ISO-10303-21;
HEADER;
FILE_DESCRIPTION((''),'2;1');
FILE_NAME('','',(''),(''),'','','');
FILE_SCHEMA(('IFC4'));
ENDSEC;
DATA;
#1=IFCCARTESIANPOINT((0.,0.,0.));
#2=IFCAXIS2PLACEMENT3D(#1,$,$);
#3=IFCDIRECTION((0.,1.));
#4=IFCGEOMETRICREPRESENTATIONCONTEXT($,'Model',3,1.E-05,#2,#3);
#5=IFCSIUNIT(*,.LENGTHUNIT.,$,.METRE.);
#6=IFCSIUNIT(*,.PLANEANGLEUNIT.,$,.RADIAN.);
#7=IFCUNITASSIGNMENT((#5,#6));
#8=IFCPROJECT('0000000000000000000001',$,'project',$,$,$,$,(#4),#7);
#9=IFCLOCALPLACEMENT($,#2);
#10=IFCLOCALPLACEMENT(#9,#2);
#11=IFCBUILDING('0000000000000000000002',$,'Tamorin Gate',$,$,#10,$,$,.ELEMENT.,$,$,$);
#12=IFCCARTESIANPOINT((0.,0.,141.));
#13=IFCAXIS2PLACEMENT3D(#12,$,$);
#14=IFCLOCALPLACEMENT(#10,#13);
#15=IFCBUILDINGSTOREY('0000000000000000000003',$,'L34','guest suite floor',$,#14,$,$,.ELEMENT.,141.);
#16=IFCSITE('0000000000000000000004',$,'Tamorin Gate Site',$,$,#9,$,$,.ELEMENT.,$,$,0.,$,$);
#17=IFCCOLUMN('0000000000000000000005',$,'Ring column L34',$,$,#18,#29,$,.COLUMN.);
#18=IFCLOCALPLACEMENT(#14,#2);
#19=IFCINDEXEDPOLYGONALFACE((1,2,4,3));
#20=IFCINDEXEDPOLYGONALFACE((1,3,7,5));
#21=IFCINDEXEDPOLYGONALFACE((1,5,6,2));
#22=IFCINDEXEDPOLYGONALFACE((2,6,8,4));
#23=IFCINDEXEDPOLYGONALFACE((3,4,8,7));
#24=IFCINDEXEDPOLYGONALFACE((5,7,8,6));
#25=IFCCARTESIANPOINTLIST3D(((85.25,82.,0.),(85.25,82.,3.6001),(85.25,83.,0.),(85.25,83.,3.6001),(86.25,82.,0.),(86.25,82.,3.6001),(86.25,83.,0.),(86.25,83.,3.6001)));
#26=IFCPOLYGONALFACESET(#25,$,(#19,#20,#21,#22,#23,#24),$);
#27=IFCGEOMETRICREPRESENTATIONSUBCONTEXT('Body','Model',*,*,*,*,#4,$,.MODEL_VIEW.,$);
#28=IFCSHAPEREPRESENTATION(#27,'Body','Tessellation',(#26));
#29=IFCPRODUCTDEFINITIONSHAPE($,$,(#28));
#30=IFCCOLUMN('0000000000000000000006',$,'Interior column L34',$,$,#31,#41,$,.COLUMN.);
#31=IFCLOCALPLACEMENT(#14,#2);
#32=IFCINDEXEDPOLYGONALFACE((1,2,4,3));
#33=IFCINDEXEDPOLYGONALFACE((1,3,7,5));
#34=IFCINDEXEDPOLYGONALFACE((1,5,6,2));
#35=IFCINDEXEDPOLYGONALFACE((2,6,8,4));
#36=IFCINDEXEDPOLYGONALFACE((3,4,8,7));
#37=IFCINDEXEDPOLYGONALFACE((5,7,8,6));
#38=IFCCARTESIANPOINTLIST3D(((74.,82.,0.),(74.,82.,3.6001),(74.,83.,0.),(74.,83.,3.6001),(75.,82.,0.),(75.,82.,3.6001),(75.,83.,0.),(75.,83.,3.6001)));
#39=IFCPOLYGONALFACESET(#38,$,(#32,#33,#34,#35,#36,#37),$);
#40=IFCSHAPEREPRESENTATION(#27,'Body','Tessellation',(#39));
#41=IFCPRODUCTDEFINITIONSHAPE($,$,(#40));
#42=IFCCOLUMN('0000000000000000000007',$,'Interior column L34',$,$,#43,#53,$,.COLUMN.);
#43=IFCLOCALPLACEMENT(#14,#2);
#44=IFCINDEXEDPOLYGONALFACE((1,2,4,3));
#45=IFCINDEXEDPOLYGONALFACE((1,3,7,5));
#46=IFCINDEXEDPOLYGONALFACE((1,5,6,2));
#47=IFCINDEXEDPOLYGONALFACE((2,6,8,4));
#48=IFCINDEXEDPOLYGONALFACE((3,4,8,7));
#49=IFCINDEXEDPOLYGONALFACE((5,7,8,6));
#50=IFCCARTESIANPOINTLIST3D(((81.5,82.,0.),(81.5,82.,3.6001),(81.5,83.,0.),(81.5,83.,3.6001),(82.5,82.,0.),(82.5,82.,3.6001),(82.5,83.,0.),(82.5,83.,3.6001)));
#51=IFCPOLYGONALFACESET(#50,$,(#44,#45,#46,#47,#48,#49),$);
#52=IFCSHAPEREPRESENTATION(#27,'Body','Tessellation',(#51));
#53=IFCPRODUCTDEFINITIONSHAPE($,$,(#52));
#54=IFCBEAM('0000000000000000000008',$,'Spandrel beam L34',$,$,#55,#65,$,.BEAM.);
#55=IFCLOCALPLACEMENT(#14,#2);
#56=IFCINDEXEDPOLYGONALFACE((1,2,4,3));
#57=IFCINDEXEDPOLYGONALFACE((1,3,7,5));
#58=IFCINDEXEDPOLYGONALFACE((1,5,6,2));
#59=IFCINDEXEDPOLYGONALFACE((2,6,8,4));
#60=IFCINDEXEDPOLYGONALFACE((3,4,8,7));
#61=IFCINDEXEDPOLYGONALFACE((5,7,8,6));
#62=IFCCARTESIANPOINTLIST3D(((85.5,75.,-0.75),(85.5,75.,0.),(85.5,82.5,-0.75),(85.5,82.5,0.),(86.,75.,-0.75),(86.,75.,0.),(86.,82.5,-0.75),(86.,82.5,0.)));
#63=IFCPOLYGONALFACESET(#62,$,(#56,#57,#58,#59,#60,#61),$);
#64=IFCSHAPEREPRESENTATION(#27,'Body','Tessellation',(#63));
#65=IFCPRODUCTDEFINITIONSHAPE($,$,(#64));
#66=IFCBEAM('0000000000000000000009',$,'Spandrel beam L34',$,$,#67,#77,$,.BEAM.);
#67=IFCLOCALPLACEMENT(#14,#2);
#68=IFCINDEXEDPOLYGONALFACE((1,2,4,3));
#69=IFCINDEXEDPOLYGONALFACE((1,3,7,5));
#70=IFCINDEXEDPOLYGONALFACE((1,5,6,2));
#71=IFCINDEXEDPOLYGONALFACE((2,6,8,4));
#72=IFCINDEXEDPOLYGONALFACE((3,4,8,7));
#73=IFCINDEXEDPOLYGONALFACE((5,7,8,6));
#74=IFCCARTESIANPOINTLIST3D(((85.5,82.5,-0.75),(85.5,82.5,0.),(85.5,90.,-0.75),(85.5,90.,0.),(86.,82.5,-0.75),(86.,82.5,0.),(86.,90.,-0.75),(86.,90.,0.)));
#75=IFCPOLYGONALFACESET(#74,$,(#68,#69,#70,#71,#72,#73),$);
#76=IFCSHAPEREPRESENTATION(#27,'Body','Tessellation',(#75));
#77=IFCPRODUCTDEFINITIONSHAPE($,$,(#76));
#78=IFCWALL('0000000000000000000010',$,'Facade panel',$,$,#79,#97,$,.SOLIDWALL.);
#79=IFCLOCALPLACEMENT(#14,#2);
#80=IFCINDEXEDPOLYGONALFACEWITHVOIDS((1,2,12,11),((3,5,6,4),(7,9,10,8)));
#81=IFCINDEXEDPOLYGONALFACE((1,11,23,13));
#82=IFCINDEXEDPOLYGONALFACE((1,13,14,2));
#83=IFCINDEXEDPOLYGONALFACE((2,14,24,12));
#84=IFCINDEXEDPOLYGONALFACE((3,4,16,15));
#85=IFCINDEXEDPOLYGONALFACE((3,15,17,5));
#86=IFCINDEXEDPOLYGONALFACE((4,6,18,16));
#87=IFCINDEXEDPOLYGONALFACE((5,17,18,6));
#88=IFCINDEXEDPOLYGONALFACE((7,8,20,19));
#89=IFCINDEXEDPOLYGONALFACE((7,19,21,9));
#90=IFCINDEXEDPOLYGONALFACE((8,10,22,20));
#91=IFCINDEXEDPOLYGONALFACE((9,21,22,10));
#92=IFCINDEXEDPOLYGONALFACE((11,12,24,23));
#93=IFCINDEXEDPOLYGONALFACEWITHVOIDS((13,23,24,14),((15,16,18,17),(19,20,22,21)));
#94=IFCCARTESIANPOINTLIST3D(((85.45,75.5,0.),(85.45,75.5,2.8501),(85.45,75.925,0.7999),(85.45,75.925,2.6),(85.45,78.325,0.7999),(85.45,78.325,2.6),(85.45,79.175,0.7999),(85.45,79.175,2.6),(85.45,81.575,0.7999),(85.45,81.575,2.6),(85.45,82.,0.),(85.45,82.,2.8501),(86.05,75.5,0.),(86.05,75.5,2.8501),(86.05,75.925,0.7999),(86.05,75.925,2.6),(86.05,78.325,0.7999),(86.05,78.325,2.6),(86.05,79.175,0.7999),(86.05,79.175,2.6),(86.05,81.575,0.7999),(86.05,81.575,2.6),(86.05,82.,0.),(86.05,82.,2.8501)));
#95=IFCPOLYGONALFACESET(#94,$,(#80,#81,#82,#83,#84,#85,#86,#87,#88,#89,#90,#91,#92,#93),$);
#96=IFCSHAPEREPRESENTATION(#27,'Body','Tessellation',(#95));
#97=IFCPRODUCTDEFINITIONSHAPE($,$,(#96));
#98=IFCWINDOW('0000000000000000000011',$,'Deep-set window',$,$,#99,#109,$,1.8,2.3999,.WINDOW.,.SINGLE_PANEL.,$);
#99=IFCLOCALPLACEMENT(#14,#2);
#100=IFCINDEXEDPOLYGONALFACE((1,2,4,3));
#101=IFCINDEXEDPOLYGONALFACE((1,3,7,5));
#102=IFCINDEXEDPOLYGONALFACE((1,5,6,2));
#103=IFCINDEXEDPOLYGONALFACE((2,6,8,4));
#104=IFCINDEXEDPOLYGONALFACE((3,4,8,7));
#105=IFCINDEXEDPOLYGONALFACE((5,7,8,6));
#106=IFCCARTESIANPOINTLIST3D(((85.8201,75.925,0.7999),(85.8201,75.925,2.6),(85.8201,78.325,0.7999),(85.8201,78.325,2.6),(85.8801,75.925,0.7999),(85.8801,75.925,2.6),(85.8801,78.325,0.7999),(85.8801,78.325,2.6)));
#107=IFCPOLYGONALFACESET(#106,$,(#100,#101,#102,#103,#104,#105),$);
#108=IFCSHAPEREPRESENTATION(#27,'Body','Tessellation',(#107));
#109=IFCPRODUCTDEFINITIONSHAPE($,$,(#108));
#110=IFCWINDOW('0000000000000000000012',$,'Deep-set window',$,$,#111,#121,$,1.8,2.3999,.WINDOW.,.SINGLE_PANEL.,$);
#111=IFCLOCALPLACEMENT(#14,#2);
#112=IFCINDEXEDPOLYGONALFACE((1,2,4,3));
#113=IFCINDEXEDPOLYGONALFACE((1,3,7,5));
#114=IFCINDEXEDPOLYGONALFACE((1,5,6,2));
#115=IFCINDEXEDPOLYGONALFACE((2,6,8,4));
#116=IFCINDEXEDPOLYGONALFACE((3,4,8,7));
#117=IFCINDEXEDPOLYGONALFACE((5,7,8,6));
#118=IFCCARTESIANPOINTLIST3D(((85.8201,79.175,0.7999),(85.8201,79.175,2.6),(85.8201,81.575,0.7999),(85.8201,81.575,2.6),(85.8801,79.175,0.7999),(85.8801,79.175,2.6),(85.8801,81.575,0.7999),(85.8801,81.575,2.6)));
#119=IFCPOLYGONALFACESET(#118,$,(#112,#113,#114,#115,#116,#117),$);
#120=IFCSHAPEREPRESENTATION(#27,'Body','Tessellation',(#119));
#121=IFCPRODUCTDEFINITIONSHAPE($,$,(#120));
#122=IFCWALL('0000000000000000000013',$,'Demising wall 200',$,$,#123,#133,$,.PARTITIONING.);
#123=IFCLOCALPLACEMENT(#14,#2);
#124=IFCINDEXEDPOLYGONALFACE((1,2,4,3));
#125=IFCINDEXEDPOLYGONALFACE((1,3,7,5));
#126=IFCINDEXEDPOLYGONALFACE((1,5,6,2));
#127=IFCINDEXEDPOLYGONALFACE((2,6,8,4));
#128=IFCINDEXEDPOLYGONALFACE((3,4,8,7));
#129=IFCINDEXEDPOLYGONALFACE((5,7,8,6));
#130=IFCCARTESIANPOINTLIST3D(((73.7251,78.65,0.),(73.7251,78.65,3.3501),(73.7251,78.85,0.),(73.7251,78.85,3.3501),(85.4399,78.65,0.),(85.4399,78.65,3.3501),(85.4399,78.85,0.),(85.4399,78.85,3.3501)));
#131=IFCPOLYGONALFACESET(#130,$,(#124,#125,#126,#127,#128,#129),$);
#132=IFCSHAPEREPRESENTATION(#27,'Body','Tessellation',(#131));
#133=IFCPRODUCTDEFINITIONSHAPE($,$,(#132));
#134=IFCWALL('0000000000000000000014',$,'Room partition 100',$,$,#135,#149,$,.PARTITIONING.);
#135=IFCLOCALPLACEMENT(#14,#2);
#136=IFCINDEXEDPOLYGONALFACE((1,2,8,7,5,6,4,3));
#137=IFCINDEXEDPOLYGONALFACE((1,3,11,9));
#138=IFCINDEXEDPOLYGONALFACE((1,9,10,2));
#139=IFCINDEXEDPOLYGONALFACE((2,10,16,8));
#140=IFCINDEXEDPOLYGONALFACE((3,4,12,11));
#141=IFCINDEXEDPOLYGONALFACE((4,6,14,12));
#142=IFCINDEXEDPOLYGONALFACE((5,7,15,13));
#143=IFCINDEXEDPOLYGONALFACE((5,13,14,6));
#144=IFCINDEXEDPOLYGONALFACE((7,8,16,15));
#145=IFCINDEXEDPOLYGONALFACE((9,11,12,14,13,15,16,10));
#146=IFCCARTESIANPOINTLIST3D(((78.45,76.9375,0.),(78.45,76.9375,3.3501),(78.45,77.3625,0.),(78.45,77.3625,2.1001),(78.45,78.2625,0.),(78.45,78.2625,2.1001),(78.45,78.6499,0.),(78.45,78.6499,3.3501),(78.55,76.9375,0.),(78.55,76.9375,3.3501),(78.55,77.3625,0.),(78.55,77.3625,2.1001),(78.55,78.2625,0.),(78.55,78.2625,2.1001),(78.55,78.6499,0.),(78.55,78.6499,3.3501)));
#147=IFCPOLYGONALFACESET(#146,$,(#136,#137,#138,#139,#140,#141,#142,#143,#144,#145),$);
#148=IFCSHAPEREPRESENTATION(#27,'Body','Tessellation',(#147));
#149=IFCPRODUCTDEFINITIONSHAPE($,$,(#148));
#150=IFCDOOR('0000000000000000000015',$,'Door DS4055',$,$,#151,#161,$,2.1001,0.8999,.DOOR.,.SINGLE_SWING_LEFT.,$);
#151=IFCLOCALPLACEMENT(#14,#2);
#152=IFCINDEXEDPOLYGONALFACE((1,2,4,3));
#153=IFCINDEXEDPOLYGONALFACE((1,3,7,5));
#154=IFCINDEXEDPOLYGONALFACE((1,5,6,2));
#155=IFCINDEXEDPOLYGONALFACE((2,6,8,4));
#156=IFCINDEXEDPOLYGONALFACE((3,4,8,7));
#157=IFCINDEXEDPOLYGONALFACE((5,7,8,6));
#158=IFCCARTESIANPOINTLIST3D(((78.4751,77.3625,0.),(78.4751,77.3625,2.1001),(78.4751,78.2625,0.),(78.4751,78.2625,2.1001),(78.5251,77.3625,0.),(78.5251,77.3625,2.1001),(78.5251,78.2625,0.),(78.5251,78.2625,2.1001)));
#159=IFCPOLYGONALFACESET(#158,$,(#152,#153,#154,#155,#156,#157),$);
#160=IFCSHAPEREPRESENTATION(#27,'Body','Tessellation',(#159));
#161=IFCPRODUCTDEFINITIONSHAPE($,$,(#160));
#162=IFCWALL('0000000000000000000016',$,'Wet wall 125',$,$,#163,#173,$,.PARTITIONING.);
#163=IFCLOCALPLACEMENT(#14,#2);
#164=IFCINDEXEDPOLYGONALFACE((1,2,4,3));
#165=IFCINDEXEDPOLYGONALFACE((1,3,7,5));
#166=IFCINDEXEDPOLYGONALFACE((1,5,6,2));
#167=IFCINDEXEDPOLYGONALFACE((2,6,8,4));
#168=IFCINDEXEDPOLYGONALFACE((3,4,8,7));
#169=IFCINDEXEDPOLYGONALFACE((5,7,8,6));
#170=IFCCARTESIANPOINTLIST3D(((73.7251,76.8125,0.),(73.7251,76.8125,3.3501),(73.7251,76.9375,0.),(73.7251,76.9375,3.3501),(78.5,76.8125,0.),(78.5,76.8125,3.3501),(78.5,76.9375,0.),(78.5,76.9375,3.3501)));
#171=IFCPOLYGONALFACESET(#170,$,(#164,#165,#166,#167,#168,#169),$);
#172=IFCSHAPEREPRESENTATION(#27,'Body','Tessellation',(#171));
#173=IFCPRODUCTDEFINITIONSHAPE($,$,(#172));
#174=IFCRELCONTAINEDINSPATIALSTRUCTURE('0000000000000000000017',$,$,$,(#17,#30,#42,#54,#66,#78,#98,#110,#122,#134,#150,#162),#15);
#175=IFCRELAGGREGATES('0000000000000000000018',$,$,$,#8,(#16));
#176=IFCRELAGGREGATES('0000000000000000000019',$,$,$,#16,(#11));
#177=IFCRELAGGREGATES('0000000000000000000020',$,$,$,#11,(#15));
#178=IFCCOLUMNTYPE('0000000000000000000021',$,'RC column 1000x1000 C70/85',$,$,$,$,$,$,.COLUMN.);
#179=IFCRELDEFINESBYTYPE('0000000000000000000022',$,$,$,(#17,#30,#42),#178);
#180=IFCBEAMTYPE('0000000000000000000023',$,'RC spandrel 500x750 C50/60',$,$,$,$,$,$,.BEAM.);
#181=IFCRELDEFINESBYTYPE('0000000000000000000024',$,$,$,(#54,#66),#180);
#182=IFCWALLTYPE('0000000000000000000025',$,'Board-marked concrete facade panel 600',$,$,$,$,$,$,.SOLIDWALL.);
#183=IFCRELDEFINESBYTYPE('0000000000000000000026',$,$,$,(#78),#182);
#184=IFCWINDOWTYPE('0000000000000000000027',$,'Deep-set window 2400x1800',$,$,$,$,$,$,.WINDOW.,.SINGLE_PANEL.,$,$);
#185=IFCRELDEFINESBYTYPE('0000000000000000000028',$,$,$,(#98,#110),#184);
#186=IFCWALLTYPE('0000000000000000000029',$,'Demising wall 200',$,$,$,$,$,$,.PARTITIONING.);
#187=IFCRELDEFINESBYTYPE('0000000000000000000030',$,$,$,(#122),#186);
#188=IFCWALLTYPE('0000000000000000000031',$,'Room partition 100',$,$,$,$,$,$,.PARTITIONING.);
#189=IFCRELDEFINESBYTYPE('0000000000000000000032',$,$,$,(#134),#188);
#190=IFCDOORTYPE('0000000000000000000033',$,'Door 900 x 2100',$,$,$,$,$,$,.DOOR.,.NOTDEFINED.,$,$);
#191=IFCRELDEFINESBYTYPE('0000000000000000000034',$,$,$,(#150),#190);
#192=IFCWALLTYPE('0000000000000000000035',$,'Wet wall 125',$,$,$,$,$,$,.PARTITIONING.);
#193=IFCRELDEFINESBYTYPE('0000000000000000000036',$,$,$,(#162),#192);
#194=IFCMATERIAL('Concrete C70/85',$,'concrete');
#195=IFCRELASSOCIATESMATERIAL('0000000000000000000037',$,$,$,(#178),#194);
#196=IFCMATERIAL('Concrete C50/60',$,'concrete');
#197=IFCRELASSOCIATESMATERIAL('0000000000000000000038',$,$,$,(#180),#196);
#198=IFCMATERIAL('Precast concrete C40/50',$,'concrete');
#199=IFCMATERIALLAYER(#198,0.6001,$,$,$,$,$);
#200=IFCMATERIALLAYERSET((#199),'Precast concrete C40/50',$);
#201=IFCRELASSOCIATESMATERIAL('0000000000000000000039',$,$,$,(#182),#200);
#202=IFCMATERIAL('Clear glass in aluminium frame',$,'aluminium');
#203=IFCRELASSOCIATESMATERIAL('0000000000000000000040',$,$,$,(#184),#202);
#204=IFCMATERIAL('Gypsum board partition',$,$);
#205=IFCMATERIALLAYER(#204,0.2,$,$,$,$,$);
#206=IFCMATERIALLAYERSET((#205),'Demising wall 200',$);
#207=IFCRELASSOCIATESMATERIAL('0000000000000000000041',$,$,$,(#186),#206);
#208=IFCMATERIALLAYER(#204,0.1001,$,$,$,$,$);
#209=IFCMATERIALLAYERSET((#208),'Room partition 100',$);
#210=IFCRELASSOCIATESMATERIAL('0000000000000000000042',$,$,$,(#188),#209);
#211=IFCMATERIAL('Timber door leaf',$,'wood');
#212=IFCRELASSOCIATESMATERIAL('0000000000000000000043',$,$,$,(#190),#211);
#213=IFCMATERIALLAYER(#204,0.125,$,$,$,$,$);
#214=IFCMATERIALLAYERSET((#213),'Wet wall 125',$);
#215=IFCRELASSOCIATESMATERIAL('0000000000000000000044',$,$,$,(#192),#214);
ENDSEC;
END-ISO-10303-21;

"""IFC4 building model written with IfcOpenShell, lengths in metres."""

from ifc_helpers import new_model, si_unit, direction, frame, frame_2d, origin, origin_2d, place, context, subcontext, project, spatial, rectangle, extrude, material, layer, layer_set, material_profile, profile_set, type_object, element, fill, save


model = new_model("IFC4")

# Units and contexts
model_context = context("Model", 3, precision=1e-05, world=origin(), true_north=direction((0.0, 1.0)))
body_context = subcontext(model_context, "Body", "Model", "MODEL_VIEW")
ifc_project = project(units=[si_unit("LENGTHUNIT", "METRE"), si_unit("PLANEANGLEUNIT", "RADIAN")], contexts=[model_context])

# Site, building, storey
site_placement = place(None, origin())
site = spatial("IfcSite", under=ifc_project, at=site_placement, Name="Tamorin Gate Site", CompositionType="ELEMENT", RefElevation=0.0)
building_placement = place(site_placement, origin())
building = spatial("IfcBuilding", under=site, at=building_placement, Name="Tamorin Gate", CompositionType="ELEMENT")
storey_placement = place(building_placement, frame((0.0, 0.0, 141.0)))
storey = spatial("IfcBuildingStorey", under=building, at=storey_placement, Name="L34", Description="guest suite floor", CompositionType="ELEMENT", Elevation=141.0)

# Columns
ifc_material_1 = material(Name="Concrete C70/85", Category="concrete")
ifc_material_profile_1 = material_profile(ifc_material_1, rectangle(XDim=1.0, YDim=1.0, at=origin_2d()), Name="RC 1000x1000")
ifc_profile_set_1 = profile_set([ifc_material_profile_1], Name="Concrete C70/85")
column_type = type_object("IfcColumnType", Name="RC column 1000x1000 C70/85", PredefinedType="COLUMN", material=ifc_profile_set_1)
for number, where, z_axis, x_axis, name in (
    (1, (85.75, 82.5, 0.0), (0.0, 0.0, 1.0), (1.0, 0.0, 0.0), "Ring column L34"),
    (2, (74.5, 82.5, 0.0), (0.0, 0.0, 1.0), (1.0, 0.0, 0.0), "Interior column L34"),
    (3, (82.0, 82.5, 0.0), (0.0, 0.0, 1.0), (1.0, 0.0, 0.0), "Interior column L34"),
):
    element("IfcColumn", number, at=place(storey_placement, frame(where, z_axis=z_axis, x_axis=x_axis)), inside=storey, type_object=column_type, Name=name, PredefinedType="COLUMN", context=body_context, shape_type="SweptSolid", body=[
        extrude(rectangle(XDim=1.0, YDim=1.0, at=origin_2d()), origin(), (0.0, 0.0, 1.0), 3.6001),
    ])

# Beams
ifc_material_2 = material(Name="Concrete C50/60", Category="concrete")
ifc_material_profile_2 = material_profile(ifc_material_2, rectangle(XDim=0.5, YDim=0.75, at=origin_2d()), Name="RC 500x750")
ifc_profile_set_2 = profile_set([ifc_material_profile_2], Name="Concrete C50/60")
beam_type = type_object("IfcBeamType", Name="RC spandrel 500x750 C50/60", PredefinedType="BEAM", material=ifc_profile_set_2)
for number, where, z_axis, x_axis, name in (
    (4, (85.75, 75.0, -0.375), (0.0, 1.0, 0.0), (-1.0, 0.0, 0.0), "Spandrel beam L34"),
    (5, (85.75, 82.5, -0.375), (0.0, 1.0, 0.0), (-1.0, 0.0, 0.0), "Spandrel beam L34"),
):
    element("IfcBeam", number, at=place(storey_placement, frame(where, z_axis=z_axis, x_axis=x_axis)), inside=storey, type_object=beam_type, Name=name, PredefinedType="BEAM", context=body_context, shape_type="SweptSolid", body=[
        extrude(rectangle(XDim=0.5, YDim=0.75, at=origin_2d()), origin(), (0.0, 0.0, 1.0), 7.5),
    ])

# Wall, openings, windows
ifc_material_3 = material(Name="Precast concrete C40/50", Category="concrete")
ifc_layer_1 = layer(ifc_material_3, 0.6001)
ifc_layer_set_1 = layer_set([ifc_layer_1], Name="Precast concrete C40/50")
wall_type_1 = type_object("IfcWallType", Name="Board-marked concrete facade panel 600", PredefinedType="SOLIDWALL", material=ifc_layer_set_1)
wall_1_placement = place(storey_placement, frame((85.75, 75.5, 0.0), z_axis=(0.0, 0.0, 1.0), x_axis=(0.0, 1.0, 0.0)))
wall_1 = element("IfcWall", 6, at=wall_1_placement, inside=storey, type_object=wall_type_1, Name="Facade panel", PredefinedType="SOLIDWALL", context=body_context, shape_type="SweptSolid", body=[
    extrude(rectangle(XDim=6.5, YDim=0.6001, at=frame_2d((3.25, 0.0))), origin(), (0.0, 0.0, 1.0), 2.8501),
])
opening_1_placement = place(wall_1_placement, frame((0.425, 0.0, 0.8)))
opening_1 = element("IfcOpeningElement", 7, at=opening_1_placement, cuts=wall_1, PredefinedType="OPENING", context=body_context, shape_type="SweptSolid", body=[
    extrude(rectangle(XDim=2.3999, YDim=1.8, at=frame_2d((1.2, 0.8999))), frame((0.0, 0.3101, 0.0), z_axis=(0.0, -1.0, 0.0), x_axis=(1.0, 0.0, 0.0)), (0.0, 0.0, 1.0), 0.6201),
])
opening_2_placement = place(wall_1_placement, frame((3.675, 0.0, 0.8)))
opening_2 = element("IfcOpeningElement", 8, at=opening_2_placement, cuts=wall_1, PredefinedType="OPENING", context=body_context, shape_type="SweptSolid", body=[
    extrude(rectangle(XDim=2.3999, YDim=1.8, at=frame_2d((1.2, 0.8999))), frame((0.0, 0.3101, 0.0), z_axis=(0.0, -1.0, 0.0), x_axis=(1.0, 0.0, 0.0)), (0.0, 0.0, 1.0), 0.6201),
])
ifc_material_4 = material(Name="Clear glass in aluminium frame", Category="aluminium")
window_type = type_object("IfcWindowType", Name="Deep-set window 2400x1800", PartitioningType="SINGLE_PANEL", PredefinedType="WINDOW", material=ifc_material_4)
window_1_placement = place(opening_1_placement, origin())
window_1 = element("IfcWindow", 9, at=window_1_placement, inside=storey, type_object=window_type, Name="Deep-set window", OverallHeight=1.8, OverallWidth=2.3999, PartitioningType="SINGLE_PANEL", PredefinedType="WINDOW", context=body_context, shape_type="SweptSolid", body=[
    extrude(rectangle(XDim=2.3999, YDim=1.8, at=frame_2d((1.2, 0.8999))), frame((0.0, -0.0701, 0.0), z_axis=(0.0, -1.0, 0.0), x_axis=(1.0, 0.0, 0.0)), (0.0, 0.0, 1.0), 0.0601),
])
fill(opening_1, window_1)
window_2_placement = place(opening_2_placement, origin())
window_2 = element("IfcWindow", 10, at=window_2_placement, inside=storey, type_object=window_type, Name="Deep-set window", OverallHeight=1.8, OverallWidth=2.3999, PartitioningType="SINGLE_PANEL", PredefinedType="WINDOW", context=body_context, shape_type="SweptSolid", body=[
    extrude(rectangle(XDim=2.3999, YDim=1.8, at=frame_2d((1.2, 0.8999))), frame((0.0, -0.0701, 0.0), z_axis=(0.0, -1.0, 0.0), x_axis=(1.0, 0.0, 0.0)), (0.0, 0.0, 1.0), 0.0601),
])
fill(opening_2, window_2)

# Wall
ifc_material_5 = material(Name="Gypsum board partition")
ifc_layer_2 = layer(ifc_material_5, 0.2)
ifc_layer_set_2 = layer_set([ifc_layer_2], Name="Demising wall 200")
wall_type_2 = type_object("IfcWallType", Name="Demising wall 200", PredefinedType="PARTITIONING", material=ifc_layer_set_2)
wall_2_placement = place(storey_placement, frame((73.7251, 78.75, 0.0), z_axis=(0.0, 0.0, 1.0), x_axis=(1.0, 0.0, 0.0)))
element("IfcWall", 11, at=wall_2_placement, inside=storey, type_object=wall_type_2, Name="Demising wall 200", PredefinedType="PARTITIONING", context=body_context, shape_type="SweptSolid", body=[
    extrude(rectangle(XDim=11.7148, YDim=0.2, at=frame_2d((5.8574, 0.0))), origin(), (0.0, 0.0, 1.0), 3.3501),
])

# Wall, opening, door
ifc_layer_3 = layer(ifc_material_5, 0.1001)
ifc_layer_set_3 = layer_set([ifc_layer_3], Name="Room partition 100")
wall_type_3 = type_object("IfcWallType", Name="Room partition 100", PredefinedType="PARTITIONING", material=ifc_layer_set_3)
wall_3_placement = place(storey_placement, frame((78.5, 76.9375, 0.0), z_axis=(0.0, 0.0, 1.0), x_axis=(0.0, 1.0, 0.0)))
wall_3 = element("IfcWall", 12, at=wall_3_placement, inside=storey, type_object=wall_type_3, Name="Room partition 100", PredefinedType="PARTITIONING", context=body_context, shape_type="SweptSolid", body=[
    extrude(rectangle(XDim=1.7124, YDim=0.1001, at=frame_2d((0.8562, 0.0))), origin(), (0.0, 0.0, 1.0), 3.3501),
])
opening_3_placement = place(wall_3_placement, frame((0.425, 0.0, 0.0)))
opening_3 = element("IfcOpeningElement", 13, at=opening_3_placement, cuts=wall_3, PredefinedType="OPENING", context=body_context, shape_type="SweptSolid", body=[
    extrude(rectangle(XDim=0.8999, YDim=2.1001, at=frame_2d((0.45, 1.05))), frame((0.0, 0.0601, 0.0), z_axis=(0.0, -1.0, 0.0), x_axis=(1.0, 0.0, 0.0)), (0.0, 0.0, 1.0), 0.1201),
])
ifc_material_6 = material(Name="Timber door leaf", Category="wood")
door_type = type_object("IfcDoorType", Name="Door 900 x 2100", OperationType="NOTDEFINED", PredefinedType="DOOR", material=ifc_material_6)
door_1_placement = place(opening_3_placement, origin())
door_1 = element("IfcDoor", 14, at=door_1_placement, inside=storey, type_object=door_type, Name="Door DS4055", OperationType="SINGLE_SWING_LEFT", OverallHeight=2.1001, OverallWidth=0.8999, PredefinedType="DOOR", context=body_context, shape_type="SweptSolid", body=[
    extrude(rectangle(XDim=0.8999, YDim=2.1001, at=frame_2d((0.45, 1.05))), frame((0.0, 0.0249, 0.0), z_axis=(0.0, -1.0, 0.0), x_axis=(1.0, 0.0, 0.0)), (0.0, 0.0, 1.0), 0.05),
])
fill(opening_3, door_1)

# Wall
ifc_layer_4 = layer(ifc_material_5, 0.125)
ifc_layer_set_4 = layer_set([ifc_layer_4], Name="Wet wall 125")
wall_type_4 = type_object("IfcWallType", Name="Wet wall 125", PredefinedType="PARTITIONING", material=ifc_layer_set_4)
wall_4_placement = place(storey_placement, frame((73.7251, 76.875, 0.0), z_axis=(0.0, 0.0, 1.0), x_axis=(1.0, 0.0, 0.0)))
element("IfcWall", 15, at=wall_4_placement, inside=storey, type_object=wall_type_4, Name="Wet wall 125", PredefinedType="PARTITIONING", context=body_context, shape_type="SweptSolid", body=[
    extrude(rectangle(XDim=4.7749, YDim=0.125, at=frame_2d((2.3875, 0.0))), origin(), (0.0, 0.0, 1.0), 3.3501),
])

save(model, "model.ifc")
